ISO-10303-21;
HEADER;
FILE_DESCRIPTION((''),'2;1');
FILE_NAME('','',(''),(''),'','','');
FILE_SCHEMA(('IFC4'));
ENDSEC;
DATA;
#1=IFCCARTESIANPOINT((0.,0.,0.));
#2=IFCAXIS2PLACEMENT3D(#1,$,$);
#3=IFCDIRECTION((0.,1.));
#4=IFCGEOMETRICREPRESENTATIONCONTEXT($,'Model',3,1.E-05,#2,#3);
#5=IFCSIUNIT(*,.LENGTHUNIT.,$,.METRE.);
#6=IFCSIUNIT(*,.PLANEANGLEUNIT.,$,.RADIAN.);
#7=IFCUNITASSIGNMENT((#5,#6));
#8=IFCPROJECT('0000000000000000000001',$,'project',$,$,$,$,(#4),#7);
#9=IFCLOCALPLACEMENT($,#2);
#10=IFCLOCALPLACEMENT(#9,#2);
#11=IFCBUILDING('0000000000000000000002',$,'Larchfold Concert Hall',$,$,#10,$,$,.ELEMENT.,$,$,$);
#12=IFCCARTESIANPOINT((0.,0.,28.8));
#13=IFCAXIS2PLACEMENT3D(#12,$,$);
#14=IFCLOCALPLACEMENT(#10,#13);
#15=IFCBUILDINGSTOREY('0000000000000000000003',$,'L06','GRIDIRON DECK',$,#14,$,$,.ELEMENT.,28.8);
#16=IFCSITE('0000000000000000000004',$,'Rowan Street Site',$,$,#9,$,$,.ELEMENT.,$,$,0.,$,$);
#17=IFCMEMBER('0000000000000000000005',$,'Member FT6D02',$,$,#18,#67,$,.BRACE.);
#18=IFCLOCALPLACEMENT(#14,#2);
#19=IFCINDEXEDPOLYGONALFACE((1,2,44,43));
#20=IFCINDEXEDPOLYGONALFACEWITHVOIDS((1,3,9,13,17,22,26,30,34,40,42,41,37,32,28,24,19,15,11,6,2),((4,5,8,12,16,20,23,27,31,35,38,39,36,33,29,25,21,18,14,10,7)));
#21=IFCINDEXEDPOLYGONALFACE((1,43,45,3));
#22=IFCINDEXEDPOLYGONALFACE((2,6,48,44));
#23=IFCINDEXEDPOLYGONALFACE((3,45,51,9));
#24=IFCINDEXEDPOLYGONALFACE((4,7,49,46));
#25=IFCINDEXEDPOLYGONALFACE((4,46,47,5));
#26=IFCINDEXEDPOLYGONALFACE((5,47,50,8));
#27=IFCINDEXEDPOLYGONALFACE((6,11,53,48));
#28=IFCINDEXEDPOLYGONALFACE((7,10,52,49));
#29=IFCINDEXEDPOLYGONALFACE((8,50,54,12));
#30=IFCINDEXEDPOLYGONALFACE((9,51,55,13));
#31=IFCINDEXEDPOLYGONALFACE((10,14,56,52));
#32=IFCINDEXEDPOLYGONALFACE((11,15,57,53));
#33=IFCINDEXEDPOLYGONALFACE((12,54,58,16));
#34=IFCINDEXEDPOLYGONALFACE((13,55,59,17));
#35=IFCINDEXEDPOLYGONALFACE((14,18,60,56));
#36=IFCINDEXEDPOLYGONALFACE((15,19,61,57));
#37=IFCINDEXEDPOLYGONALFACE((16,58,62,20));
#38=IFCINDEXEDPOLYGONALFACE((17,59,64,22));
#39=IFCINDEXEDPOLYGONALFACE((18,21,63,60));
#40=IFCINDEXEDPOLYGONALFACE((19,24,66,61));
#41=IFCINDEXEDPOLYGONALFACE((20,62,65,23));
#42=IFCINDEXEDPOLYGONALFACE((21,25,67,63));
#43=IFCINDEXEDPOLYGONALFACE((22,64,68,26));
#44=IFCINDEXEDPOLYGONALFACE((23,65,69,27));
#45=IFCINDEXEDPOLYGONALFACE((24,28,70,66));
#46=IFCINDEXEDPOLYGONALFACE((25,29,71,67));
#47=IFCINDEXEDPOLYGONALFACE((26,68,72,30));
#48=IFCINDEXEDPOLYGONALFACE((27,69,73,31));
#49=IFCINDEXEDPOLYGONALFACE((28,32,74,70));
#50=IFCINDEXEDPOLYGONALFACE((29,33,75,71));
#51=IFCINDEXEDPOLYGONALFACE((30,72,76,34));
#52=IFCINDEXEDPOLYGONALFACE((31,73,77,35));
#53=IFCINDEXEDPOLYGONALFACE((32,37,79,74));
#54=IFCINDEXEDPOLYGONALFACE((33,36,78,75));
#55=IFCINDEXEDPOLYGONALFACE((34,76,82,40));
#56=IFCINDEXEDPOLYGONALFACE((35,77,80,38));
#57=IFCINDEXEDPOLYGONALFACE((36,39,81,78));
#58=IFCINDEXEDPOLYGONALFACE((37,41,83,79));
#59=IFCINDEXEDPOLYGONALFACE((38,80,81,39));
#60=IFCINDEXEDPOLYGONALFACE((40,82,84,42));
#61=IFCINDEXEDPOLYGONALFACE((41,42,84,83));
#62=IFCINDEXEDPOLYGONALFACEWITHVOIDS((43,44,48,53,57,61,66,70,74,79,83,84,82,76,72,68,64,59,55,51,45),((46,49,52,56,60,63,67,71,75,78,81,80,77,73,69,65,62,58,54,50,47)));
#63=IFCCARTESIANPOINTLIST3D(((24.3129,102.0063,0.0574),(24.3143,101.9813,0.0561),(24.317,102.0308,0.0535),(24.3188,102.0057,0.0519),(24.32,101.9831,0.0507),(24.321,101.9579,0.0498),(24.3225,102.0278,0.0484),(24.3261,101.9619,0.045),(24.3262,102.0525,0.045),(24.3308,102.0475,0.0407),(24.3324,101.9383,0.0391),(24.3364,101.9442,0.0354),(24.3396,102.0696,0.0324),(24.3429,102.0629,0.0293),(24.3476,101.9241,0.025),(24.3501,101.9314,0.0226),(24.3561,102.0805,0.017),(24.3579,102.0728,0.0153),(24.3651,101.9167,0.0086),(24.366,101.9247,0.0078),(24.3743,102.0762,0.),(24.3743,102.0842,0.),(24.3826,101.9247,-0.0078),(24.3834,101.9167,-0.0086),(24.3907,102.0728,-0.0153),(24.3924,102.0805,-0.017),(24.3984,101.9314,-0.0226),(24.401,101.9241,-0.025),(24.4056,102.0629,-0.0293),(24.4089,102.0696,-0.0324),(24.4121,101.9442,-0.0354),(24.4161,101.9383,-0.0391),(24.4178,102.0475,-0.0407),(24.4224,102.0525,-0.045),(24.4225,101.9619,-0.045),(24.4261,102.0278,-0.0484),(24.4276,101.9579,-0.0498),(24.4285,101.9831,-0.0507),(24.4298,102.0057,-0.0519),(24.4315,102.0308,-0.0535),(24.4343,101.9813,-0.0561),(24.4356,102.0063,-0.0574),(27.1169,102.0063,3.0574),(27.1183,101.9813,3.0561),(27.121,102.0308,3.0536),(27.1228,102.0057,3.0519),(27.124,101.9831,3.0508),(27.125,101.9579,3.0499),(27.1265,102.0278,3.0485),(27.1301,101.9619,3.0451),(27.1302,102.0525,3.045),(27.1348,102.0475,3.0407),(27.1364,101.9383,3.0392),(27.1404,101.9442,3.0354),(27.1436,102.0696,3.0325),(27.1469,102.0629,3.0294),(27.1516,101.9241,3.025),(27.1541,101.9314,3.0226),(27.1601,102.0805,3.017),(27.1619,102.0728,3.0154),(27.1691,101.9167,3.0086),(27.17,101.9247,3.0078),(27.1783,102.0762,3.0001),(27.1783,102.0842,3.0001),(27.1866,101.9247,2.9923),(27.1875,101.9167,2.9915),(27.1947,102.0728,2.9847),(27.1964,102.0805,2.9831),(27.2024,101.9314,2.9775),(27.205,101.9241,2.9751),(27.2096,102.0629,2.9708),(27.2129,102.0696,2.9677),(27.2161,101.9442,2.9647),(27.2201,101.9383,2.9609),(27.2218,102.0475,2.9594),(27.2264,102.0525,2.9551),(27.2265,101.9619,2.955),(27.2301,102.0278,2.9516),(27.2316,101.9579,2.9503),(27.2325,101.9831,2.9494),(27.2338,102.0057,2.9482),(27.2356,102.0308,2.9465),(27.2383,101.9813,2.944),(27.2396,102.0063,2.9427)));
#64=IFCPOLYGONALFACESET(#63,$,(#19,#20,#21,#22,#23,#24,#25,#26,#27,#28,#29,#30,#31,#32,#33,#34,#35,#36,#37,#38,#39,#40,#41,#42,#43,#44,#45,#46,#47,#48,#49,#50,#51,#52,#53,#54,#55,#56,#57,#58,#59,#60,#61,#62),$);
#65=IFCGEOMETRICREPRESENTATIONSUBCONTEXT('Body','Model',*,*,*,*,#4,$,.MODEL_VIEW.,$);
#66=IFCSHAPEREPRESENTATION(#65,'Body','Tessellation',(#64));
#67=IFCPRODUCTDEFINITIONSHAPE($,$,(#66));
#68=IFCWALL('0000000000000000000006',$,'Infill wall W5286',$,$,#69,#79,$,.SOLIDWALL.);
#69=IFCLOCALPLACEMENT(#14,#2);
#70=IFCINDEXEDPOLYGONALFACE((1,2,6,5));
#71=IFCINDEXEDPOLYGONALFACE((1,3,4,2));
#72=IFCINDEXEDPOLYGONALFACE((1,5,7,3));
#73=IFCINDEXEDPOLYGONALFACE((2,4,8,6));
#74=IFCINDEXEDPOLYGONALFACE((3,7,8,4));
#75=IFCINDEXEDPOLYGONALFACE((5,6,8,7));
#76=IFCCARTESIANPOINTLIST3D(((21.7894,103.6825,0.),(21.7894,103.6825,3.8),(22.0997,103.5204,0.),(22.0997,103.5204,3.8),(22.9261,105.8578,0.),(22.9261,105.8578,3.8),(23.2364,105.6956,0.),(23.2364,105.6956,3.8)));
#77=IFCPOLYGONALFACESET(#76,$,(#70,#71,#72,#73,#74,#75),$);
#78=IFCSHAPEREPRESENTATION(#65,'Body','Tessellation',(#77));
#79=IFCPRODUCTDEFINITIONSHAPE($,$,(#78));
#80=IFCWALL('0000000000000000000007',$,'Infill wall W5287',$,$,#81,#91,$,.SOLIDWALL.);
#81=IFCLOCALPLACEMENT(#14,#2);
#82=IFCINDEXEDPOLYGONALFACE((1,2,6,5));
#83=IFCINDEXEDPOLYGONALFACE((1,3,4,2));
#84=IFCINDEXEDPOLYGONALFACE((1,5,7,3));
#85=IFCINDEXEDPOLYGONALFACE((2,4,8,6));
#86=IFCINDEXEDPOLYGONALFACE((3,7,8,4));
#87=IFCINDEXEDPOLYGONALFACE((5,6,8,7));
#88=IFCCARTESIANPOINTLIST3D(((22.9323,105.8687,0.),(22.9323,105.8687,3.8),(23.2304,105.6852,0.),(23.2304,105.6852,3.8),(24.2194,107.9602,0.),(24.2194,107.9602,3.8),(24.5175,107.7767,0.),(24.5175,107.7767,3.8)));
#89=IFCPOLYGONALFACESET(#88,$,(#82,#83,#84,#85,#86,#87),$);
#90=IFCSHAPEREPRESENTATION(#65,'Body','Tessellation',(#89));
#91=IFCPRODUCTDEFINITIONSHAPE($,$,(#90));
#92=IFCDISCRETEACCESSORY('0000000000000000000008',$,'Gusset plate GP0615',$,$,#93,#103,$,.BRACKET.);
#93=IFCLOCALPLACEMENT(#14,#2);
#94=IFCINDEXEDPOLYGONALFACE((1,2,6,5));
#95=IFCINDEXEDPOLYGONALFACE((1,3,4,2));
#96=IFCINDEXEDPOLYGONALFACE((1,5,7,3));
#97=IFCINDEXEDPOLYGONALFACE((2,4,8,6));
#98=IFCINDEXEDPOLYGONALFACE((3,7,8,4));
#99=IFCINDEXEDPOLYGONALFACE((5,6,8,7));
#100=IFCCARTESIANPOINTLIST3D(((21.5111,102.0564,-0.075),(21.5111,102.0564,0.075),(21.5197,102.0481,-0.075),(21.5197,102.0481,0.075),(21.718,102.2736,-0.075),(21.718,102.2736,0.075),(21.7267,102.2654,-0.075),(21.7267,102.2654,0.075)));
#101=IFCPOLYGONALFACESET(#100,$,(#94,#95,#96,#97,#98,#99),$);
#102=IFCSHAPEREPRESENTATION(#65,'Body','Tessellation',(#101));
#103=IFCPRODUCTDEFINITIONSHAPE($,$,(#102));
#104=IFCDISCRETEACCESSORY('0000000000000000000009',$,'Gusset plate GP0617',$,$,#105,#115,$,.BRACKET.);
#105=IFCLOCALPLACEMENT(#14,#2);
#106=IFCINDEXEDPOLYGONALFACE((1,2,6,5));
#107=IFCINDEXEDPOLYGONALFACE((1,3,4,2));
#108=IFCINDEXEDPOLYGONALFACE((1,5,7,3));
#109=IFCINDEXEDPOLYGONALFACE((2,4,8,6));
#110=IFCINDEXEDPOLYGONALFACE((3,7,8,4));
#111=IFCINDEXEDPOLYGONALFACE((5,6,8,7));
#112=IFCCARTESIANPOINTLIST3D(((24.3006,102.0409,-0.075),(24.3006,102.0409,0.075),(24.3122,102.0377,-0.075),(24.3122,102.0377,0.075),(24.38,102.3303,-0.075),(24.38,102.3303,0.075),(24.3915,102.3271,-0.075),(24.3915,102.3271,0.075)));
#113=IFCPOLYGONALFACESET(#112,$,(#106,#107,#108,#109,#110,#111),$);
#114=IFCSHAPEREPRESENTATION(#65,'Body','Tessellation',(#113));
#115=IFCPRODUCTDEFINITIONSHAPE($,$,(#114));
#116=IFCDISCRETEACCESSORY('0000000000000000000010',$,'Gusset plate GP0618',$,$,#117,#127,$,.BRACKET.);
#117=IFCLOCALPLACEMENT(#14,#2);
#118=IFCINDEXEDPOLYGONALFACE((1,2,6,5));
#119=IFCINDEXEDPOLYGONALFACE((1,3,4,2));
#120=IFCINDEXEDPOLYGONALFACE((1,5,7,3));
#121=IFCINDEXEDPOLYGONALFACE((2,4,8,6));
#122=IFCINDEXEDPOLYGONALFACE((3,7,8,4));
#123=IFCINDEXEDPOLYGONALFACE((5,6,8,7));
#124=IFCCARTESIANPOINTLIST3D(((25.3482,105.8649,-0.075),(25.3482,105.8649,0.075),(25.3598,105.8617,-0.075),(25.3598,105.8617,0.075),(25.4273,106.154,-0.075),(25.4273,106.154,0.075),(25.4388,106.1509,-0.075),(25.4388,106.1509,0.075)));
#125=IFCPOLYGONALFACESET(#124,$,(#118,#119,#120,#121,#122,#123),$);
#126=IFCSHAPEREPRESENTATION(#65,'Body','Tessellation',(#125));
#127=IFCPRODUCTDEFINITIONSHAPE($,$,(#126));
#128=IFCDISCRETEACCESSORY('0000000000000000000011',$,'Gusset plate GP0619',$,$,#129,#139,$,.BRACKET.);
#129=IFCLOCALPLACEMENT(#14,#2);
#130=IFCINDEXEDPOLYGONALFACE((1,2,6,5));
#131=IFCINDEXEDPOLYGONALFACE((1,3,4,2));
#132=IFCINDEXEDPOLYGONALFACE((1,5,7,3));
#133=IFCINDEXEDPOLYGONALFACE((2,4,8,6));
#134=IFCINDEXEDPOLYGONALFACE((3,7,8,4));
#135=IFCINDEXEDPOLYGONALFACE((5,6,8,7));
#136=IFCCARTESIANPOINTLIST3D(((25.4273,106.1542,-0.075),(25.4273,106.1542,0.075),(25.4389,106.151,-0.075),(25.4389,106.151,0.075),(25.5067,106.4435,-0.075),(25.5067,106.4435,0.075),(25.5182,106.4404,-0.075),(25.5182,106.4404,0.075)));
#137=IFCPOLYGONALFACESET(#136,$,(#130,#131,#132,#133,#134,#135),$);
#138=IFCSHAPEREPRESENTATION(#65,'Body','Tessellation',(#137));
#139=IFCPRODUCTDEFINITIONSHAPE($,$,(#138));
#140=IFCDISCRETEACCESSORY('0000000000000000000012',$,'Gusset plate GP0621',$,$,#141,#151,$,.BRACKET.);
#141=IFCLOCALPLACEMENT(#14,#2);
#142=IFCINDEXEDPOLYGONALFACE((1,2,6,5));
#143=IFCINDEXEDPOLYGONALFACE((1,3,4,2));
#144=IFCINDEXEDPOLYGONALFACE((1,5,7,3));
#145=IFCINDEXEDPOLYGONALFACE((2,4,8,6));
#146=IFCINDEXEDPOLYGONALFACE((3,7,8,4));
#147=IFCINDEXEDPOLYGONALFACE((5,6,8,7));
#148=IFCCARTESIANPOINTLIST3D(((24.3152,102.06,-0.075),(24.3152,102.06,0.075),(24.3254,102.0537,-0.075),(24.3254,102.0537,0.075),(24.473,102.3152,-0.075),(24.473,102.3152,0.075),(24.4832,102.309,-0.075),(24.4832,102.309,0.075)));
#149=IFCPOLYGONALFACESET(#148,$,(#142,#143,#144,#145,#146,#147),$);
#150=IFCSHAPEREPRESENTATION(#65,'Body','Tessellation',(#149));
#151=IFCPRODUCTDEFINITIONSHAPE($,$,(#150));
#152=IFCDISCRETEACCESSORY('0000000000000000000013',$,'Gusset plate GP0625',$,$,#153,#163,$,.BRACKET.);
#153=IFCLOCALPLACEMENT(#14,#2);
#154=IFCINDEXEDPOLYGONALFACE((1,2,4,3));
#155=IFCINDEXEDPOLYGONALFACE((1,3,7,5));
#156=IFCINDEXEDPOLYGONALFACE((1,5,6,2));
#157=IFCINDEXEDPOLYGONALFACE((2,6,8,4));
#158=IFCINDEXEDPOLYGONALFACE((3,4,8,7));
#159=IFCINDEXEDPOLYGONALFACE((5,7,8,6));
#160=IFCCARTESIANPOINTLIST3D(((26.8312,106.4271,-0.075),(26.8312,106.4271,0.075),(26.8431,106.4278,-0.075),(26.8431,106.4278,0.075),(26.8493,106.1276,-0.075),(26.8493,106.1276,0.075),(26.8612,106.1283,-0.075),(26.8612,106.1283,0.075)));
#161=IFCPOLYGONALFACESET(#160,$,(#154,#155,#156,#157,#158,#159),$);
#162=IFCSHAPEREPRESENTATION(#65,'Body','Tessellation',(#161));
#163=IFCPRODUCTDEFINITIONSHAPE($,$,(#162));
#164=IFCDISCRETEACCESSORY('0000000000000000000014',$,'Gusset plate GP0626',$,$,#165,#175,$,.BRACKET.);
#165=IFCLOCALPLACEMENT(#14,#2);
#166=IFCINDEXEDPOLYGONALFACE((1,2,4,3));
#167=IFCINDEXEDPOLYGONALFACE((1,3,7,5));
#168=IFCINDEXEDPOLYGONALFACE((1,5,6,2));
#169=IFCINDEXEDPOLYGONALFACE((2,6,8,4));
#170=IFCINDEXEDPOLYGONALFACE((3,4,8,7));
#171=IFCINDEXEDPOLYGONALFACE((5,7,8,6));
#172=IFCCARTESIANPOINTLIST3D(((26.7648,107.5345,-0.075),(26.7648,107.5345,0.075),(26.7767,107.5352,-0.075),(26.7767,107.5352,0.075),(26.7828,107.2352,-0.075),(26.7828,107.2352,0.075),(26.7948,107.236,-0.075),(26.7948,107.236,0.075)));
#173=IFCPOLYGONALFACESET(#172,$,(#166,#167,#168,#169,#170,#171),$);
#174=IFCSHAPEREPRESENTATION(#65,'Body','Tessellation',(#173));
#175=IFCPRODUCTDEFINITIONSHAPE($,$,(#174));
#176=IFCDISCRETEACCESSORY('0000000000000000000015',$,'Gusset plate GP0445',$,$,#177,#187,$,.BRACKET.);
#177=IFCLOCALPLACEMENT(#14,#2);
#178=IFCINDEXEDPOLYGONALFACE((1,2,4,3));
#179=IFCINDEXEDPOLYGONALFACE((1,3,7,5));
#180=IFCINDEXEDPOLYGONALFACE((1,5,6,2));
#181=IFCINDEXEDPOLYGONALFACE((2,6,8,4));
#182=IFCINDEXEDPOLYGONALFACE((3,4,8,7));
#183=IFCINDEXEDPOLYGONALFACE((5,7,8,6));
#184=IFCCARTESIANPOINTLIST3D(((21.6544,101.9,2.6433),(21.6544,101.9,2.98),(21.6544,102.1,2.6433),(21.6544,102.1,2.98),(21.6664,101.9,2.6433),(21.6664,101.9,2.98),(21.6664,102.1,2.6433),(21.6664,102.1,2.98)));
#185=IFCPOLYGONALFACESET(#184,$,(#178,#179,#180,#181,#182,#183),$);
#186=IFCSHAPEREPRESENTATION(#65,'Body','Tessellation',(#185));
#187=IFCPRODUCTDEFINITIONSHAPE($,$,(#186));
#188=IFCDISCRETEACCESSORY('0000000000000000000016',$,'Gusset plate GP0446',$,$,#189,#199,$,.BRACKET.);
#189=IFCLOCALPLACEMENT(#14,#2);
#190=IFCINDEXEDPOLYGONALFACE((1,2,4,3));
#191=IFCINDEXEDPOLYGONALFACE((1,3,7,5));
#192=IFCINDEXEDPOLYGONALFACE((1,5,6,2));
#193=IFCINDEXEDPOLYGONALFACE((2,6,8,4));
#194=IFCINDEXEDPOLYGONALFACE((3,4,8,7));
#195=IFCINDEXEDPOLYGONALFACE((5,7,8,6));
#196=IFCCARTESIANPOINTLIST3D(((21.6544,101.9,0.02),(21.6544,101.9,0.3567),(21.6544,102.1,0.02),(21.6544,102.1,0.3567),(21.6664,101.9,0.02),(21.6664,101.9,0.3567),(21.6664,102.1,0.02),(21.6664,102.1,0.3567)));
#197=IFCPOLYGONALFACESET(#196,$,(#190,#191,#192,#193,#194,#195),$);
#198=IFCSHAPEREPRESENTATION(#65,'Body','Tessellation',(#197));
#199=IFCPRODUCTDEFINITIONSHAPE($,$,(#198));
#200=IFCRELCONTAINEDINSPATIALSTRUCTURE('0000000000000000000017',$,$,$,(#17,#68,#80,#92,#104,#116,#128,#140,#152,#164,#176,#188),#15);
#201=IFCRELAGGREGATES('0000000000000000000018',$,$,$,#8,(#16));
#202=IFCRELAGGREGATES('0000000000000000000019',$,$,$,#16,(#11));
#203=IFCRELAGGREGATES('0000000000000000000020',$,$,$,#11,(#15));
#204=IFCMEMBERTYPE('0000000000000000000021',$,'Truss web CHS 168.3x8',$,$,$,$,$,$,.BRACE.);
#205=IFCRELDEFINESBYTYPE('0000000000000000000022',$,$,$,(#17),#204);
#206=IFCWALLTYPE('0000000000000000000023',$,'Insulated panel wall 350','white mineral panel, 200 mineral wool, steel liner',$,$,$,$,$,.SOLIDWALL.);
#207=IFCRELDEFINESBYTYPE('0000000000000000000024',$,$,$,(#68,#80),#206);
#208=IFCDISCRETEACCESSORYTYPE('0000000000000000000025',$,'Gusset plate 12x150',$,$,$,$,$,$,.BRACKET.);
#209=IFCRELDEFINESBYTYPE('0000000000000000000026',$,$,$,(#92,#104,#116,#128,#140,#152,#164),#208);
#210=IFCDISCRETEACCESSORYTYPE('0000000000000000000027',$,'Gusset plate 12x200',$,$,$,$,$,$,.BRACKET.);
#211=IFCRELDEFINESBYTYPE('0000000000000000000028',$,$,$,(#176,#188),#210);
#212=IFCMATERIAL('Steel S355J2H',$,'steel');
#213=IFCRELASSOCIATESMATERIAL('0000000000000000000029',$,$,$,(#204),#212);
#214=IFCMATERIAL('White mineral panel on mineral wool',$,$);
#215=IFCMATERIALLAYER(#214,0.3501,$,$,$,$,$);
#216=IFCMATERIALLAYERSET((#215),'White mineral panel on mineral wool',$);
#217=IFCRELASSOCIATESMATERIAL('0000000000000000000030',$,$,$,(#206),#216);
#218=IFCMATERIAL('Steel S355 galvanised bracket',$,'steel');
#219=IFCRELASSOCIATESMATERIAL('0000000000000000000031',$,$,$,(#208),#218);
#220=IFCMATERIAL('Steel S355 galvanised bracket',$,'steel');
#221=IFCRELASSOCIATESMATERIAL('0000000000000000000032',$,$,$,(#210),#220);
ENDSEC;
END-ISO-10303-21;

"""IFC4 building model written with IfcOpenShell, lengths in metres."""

from ifc_helpers import new_model, si_unit, direction, frame, frame_2d, origin, origin_2d, place, context, subcontext, project, spatial, rectangle, hollow_circle, extrude, material, layer, layer_set, material_profile, profile_set, type_object, element, save


model = new_model("IFC4")

# Units and contexts
model_context = context("Model", 3, precision=1e-05, world=origin(), true_north=direction((0.0, 1.0)))
body_context = subcontext(model_context, "Body", "Model", "MODEL_VIEW")
ifc_project = project(units=[si_unit("LENGTHUNIT", "METRE"), si_unit("PLANEANGLEUNIT", "RADIAN")], contexts=[model_context])

# Site, building, storey
site_placement = place(None, origin())
site = spatial("IfcSite", under=ifc_project, at=site_placement, Name="Rowan Street Site", CompositionType="ELEMENT", RefElevation=0.0)
building_placement = place(site_placement, origin())
building = spatial("IfcBuilding", under=site, at=building_placement, Name="Larchfold Concert Hall", CompositionType="ELEMENT")
storey_placement = place(building_placement, frame((0.0, 0.0, 28.8)))
storey = spatial("IfcBuildingStorey", under=building, at=storey_placement, Name="L06", Description="GRIDIRON DECK", CompositionType="ELEMENT", Elevation=28.8)

# Member
ifc_material_1 = material(Name="Steel S355J2H", Category="steel")
ifc_material_profile_1 = material_profile(ifc_material_1, hollow_circle(Radius=0.0842, WallThickness=0.0081, at=origin_2d()))
ifc_profile_set_1 = profile_set([ifc_material_profile_1], Name="Steel S355J2H")
member_type_1 = type_object("IfcMemberType", Name="Truss web CHS 168.3x8", PredefinedType="BRACE", material=ifc_profile_set_1)
for number, where, z_axis, x_axis, name in (
    (1, (24.3743, 102.0, 0.0), (0.682833, 0.0, 0.730575), (0.0, 1.0, 0.0), "Member FT6D02"),
):
    element("IfcMember", number, at=place(storey_placement, frame(where, z_axis=z_axis, x_axis=x_axis)), inside=storey, type_object=member_type_1, Name=name, PredefinedType="BRACE", context=body_context, shape_type="SweptSolid", body=[
        extrude(hollow_circle(Radius=0.0842, WallThickness=0.0081, at=origin_2d()), origin(), (0.0, 0.0, 1.0), 4.1064),
    ])

# Walls
ifc_material_2 = material(Name="White mineral panel on mineral wool")
ifc_layer = layer(ifc_material_2, 0.3501)
ifc_layer_set = layer_set([ifc_layer], Name="White mineral panel on mineral wool")
wall_type = type_object("IfcWallType", Name="Insulated panel wall 350", Description="white mineral panel, 200 mineral wool, steel liner", PredefinedType="SOLIDWALL", material=ifc_layer_set)
wall_1_placement = place(storey_placement, frame((21.9446, 103.6016, 0.0), z_axis=(0.0, 0.0, 1.0), x_axis=(0.463137, 0.886287, 0.0)))
element("IfcWall", 2, at=wall_1_placement, inside=storey, type_object=wall_type, Name="Infill wall W5286", PredefinedType="SOLIDWALL", context=body_context, shape_type="SweptSolid", body=[
    extrude(rectangle(XDim=2.4543, YDim=0.3501, at=frame_2d((1.2271, 0.0))), origin(), (0.0, 0.0, 1.0), 3.8),
])
wall_2_placement = place(storey_placement, frame((23.0813, 105.7769, 0.0), z_axis=(0.0, 0.0, 1.0), x_axis=(0.524097, 0.851658, 0.0)))
element("IfcWall", 3, at=wall_2_placement, inside=storey, type_object=wall_type, Name="Infill wall W5287", PredefinedType="SOLIDWALL", context=body_context, shape_type="SweptSolid", body=[
    extrude(rectangle(XDim=2.4558, YDim=0.3501, at=frame_2d((1.228, 0.0))), origin(), (0.0, 0.0, 1.0), 3.8),
])

# Discrete accessories
ifc_material_3 = material(Name="Steel S355 galvanised bracket", Category="steel")
ifc_material_profile_2 = material_profile(ifc_material_3, rectangle(XDim=0.012, YDim=0.1499, at=origin_2d()))
ifc_profile_set_2 = profile_set([ifc_material_profile_2], Name="Steel S355 galvanised bracket")
discrete_accessory_type_1 = type_object("IfcDiscreteAccessoryType", Name="Gusset plate 12x150", PredefinedType="BRACKET", material=ifc_profile_set_2)
for number, where, z_axis, x_axis, name in (
    (4, (21.5154, 102.0522, 0.0), (0.689818, 0.723983, 0.0), (-0.723983, 0.689818, 0.0), "Gusset plate GP0615"),
    (5, (24.3064, 102.0393, 0.0), (0.264494, 0.964387, 0.0), (-0.964387, 0.264494, 0.0), "Gusset plate GP0617"),
):
    element("IfcDiscreteAccessory", number, at=place(storey_placement, frame(where, z_axis=z_axis, x_axis=x_axis)), inside=storey, type_object=discrete_accessory_type_1, Name=name, PredefinedType="BRACKET", context=body_context, shape_type="SweptSolid", body=[
        extrude(rectangle(XDim=0.012, YDim=0.1499, at=origin_2d()), origin(), (0.0, 0.0, 1.0), 0.3),
    ])
discrete_accessory_1_placement = place(storey_placement, frame((25.354, 105.8633, 0.0), z_axis=(0.263737, 0.964595, 0.0), x_axis=(-0.964595, 0.263737, 0.0)))
element("IfcDiscreteAccessory", 6, at=discrete_accessory_1_placement, inside=storey, type_object=discrete_accessory_type_1, Name="Gusset plate GP0618", PredefinedType="BRACKET", context=body_context, shape_type="SweptSolid", body=[
    extrude(rectangle(XDim=0.012, YDim=0.1499, at=origin_2d()), origin(), (0.0, 0.0, 1.0), 0.2998),
])
for number, where, z_axis, x_axis, name in (
    (7, (25.4331, 106.1526, 0.0), (0.264494, 0.964387, 0.0), (-0.964387, 0.264494, 0.0), "Gusset plate GP0619"),
    (8, (24.3203, 102.0569, 0.0), (0.525822, 0.850595, 0.0), (-0.850595, 0.525822, 0.0), "Gusset plate GP0621"),
    (9, (26.8552, 106.1279, 0.0), (-0.0602, 0.998186, 0.0), (-0.998186, -0.0602, 0.0), "Gusset plate GP0625"),
):
    element("IfcDiscreteAccessory", number, at=place(storey_placement, frame(where, z_axis=z_axis, x_axis=x_axis)), inside=storey, type_object=discrete_accessory_type_1, Name=name, PredefinedType="BRACKET", context=body_context, shape_type="SweptSolid", body=[
        extrude(rectangle(XDim=0.012, YDim=0.1499, at=origin_2d()), origin(), (0.0, 0.0, 1.0), 0.3),
    ])
discrete_accessory_2_placement = place(storey_placement, frame((26.7888, 107.2356, 0.0), z_axis=(-0.060249, 0.998183, 0.0), x_axis=(-0.998183, -0.060249, 0.0)))
element("IfcDiscreteAccessory", 10, at=discrete_accessory_2_placement, inside=storey, type_object=discrete_accessory_type_1, Name="Gusset plate GP0626", PredefinedType="BRACKET", context=body_context, shape_type="SweptSolid", body=[
    extrude(rectangle(XDim=0.012, YDim=0.1499, at=origin_2d()), origin(), (0.0, 0.0, 1.0), 0.2998),
])
ifc_material_4 = material(Name="Steel S355 galvanised bracket", Category="steel")
ifc_material_profile_3 = material_profile(ifc_material_4, rectangle(XDim=0.012, YDim=0.2, at=origin_2d()))
ifc_profile_set_3 = profile_set([ifc_material_profile_3], Name="Steel S355 galvanised bracket")
discrete_accessory_type_2 = type_object("IfcDiscreteAccessoryType", Name="Gusset plate 12x200", PredefinedType="BRACKET", material=ifc_profile_set_3)
for number, where, z_axis, x_axis, name in (
    (11, (21.6604, 102.0, 2.98), (0.0, 0.0, -1.0), (1.0, 0.0, 0.0), "Gusset plate GP0445"),
    (12, (21.6604, 102.0, 0.3567), (0.0, 0.0, -1.0), (1.0, 0.0, 0.0), "Gusset plate GP0446"),
):
    element("IfcDiscreteAccessory", number, at=place(storey_placement, frame(where, z_axis=z_axis, x_axis=x_axis)), inside=storey, type_object=discrete_accessory_type_2, Name=name, PredefinedType="BRACKET", context=body_context, shape_type="SweptSolid", body=[
        extrude(rectangle(XDim=0.012, YDim=0.2, at=origin_2d()), origin(), (0.0, 0.0, 1.0), 0.3367),
    ])

save(model, "model.ifc")
